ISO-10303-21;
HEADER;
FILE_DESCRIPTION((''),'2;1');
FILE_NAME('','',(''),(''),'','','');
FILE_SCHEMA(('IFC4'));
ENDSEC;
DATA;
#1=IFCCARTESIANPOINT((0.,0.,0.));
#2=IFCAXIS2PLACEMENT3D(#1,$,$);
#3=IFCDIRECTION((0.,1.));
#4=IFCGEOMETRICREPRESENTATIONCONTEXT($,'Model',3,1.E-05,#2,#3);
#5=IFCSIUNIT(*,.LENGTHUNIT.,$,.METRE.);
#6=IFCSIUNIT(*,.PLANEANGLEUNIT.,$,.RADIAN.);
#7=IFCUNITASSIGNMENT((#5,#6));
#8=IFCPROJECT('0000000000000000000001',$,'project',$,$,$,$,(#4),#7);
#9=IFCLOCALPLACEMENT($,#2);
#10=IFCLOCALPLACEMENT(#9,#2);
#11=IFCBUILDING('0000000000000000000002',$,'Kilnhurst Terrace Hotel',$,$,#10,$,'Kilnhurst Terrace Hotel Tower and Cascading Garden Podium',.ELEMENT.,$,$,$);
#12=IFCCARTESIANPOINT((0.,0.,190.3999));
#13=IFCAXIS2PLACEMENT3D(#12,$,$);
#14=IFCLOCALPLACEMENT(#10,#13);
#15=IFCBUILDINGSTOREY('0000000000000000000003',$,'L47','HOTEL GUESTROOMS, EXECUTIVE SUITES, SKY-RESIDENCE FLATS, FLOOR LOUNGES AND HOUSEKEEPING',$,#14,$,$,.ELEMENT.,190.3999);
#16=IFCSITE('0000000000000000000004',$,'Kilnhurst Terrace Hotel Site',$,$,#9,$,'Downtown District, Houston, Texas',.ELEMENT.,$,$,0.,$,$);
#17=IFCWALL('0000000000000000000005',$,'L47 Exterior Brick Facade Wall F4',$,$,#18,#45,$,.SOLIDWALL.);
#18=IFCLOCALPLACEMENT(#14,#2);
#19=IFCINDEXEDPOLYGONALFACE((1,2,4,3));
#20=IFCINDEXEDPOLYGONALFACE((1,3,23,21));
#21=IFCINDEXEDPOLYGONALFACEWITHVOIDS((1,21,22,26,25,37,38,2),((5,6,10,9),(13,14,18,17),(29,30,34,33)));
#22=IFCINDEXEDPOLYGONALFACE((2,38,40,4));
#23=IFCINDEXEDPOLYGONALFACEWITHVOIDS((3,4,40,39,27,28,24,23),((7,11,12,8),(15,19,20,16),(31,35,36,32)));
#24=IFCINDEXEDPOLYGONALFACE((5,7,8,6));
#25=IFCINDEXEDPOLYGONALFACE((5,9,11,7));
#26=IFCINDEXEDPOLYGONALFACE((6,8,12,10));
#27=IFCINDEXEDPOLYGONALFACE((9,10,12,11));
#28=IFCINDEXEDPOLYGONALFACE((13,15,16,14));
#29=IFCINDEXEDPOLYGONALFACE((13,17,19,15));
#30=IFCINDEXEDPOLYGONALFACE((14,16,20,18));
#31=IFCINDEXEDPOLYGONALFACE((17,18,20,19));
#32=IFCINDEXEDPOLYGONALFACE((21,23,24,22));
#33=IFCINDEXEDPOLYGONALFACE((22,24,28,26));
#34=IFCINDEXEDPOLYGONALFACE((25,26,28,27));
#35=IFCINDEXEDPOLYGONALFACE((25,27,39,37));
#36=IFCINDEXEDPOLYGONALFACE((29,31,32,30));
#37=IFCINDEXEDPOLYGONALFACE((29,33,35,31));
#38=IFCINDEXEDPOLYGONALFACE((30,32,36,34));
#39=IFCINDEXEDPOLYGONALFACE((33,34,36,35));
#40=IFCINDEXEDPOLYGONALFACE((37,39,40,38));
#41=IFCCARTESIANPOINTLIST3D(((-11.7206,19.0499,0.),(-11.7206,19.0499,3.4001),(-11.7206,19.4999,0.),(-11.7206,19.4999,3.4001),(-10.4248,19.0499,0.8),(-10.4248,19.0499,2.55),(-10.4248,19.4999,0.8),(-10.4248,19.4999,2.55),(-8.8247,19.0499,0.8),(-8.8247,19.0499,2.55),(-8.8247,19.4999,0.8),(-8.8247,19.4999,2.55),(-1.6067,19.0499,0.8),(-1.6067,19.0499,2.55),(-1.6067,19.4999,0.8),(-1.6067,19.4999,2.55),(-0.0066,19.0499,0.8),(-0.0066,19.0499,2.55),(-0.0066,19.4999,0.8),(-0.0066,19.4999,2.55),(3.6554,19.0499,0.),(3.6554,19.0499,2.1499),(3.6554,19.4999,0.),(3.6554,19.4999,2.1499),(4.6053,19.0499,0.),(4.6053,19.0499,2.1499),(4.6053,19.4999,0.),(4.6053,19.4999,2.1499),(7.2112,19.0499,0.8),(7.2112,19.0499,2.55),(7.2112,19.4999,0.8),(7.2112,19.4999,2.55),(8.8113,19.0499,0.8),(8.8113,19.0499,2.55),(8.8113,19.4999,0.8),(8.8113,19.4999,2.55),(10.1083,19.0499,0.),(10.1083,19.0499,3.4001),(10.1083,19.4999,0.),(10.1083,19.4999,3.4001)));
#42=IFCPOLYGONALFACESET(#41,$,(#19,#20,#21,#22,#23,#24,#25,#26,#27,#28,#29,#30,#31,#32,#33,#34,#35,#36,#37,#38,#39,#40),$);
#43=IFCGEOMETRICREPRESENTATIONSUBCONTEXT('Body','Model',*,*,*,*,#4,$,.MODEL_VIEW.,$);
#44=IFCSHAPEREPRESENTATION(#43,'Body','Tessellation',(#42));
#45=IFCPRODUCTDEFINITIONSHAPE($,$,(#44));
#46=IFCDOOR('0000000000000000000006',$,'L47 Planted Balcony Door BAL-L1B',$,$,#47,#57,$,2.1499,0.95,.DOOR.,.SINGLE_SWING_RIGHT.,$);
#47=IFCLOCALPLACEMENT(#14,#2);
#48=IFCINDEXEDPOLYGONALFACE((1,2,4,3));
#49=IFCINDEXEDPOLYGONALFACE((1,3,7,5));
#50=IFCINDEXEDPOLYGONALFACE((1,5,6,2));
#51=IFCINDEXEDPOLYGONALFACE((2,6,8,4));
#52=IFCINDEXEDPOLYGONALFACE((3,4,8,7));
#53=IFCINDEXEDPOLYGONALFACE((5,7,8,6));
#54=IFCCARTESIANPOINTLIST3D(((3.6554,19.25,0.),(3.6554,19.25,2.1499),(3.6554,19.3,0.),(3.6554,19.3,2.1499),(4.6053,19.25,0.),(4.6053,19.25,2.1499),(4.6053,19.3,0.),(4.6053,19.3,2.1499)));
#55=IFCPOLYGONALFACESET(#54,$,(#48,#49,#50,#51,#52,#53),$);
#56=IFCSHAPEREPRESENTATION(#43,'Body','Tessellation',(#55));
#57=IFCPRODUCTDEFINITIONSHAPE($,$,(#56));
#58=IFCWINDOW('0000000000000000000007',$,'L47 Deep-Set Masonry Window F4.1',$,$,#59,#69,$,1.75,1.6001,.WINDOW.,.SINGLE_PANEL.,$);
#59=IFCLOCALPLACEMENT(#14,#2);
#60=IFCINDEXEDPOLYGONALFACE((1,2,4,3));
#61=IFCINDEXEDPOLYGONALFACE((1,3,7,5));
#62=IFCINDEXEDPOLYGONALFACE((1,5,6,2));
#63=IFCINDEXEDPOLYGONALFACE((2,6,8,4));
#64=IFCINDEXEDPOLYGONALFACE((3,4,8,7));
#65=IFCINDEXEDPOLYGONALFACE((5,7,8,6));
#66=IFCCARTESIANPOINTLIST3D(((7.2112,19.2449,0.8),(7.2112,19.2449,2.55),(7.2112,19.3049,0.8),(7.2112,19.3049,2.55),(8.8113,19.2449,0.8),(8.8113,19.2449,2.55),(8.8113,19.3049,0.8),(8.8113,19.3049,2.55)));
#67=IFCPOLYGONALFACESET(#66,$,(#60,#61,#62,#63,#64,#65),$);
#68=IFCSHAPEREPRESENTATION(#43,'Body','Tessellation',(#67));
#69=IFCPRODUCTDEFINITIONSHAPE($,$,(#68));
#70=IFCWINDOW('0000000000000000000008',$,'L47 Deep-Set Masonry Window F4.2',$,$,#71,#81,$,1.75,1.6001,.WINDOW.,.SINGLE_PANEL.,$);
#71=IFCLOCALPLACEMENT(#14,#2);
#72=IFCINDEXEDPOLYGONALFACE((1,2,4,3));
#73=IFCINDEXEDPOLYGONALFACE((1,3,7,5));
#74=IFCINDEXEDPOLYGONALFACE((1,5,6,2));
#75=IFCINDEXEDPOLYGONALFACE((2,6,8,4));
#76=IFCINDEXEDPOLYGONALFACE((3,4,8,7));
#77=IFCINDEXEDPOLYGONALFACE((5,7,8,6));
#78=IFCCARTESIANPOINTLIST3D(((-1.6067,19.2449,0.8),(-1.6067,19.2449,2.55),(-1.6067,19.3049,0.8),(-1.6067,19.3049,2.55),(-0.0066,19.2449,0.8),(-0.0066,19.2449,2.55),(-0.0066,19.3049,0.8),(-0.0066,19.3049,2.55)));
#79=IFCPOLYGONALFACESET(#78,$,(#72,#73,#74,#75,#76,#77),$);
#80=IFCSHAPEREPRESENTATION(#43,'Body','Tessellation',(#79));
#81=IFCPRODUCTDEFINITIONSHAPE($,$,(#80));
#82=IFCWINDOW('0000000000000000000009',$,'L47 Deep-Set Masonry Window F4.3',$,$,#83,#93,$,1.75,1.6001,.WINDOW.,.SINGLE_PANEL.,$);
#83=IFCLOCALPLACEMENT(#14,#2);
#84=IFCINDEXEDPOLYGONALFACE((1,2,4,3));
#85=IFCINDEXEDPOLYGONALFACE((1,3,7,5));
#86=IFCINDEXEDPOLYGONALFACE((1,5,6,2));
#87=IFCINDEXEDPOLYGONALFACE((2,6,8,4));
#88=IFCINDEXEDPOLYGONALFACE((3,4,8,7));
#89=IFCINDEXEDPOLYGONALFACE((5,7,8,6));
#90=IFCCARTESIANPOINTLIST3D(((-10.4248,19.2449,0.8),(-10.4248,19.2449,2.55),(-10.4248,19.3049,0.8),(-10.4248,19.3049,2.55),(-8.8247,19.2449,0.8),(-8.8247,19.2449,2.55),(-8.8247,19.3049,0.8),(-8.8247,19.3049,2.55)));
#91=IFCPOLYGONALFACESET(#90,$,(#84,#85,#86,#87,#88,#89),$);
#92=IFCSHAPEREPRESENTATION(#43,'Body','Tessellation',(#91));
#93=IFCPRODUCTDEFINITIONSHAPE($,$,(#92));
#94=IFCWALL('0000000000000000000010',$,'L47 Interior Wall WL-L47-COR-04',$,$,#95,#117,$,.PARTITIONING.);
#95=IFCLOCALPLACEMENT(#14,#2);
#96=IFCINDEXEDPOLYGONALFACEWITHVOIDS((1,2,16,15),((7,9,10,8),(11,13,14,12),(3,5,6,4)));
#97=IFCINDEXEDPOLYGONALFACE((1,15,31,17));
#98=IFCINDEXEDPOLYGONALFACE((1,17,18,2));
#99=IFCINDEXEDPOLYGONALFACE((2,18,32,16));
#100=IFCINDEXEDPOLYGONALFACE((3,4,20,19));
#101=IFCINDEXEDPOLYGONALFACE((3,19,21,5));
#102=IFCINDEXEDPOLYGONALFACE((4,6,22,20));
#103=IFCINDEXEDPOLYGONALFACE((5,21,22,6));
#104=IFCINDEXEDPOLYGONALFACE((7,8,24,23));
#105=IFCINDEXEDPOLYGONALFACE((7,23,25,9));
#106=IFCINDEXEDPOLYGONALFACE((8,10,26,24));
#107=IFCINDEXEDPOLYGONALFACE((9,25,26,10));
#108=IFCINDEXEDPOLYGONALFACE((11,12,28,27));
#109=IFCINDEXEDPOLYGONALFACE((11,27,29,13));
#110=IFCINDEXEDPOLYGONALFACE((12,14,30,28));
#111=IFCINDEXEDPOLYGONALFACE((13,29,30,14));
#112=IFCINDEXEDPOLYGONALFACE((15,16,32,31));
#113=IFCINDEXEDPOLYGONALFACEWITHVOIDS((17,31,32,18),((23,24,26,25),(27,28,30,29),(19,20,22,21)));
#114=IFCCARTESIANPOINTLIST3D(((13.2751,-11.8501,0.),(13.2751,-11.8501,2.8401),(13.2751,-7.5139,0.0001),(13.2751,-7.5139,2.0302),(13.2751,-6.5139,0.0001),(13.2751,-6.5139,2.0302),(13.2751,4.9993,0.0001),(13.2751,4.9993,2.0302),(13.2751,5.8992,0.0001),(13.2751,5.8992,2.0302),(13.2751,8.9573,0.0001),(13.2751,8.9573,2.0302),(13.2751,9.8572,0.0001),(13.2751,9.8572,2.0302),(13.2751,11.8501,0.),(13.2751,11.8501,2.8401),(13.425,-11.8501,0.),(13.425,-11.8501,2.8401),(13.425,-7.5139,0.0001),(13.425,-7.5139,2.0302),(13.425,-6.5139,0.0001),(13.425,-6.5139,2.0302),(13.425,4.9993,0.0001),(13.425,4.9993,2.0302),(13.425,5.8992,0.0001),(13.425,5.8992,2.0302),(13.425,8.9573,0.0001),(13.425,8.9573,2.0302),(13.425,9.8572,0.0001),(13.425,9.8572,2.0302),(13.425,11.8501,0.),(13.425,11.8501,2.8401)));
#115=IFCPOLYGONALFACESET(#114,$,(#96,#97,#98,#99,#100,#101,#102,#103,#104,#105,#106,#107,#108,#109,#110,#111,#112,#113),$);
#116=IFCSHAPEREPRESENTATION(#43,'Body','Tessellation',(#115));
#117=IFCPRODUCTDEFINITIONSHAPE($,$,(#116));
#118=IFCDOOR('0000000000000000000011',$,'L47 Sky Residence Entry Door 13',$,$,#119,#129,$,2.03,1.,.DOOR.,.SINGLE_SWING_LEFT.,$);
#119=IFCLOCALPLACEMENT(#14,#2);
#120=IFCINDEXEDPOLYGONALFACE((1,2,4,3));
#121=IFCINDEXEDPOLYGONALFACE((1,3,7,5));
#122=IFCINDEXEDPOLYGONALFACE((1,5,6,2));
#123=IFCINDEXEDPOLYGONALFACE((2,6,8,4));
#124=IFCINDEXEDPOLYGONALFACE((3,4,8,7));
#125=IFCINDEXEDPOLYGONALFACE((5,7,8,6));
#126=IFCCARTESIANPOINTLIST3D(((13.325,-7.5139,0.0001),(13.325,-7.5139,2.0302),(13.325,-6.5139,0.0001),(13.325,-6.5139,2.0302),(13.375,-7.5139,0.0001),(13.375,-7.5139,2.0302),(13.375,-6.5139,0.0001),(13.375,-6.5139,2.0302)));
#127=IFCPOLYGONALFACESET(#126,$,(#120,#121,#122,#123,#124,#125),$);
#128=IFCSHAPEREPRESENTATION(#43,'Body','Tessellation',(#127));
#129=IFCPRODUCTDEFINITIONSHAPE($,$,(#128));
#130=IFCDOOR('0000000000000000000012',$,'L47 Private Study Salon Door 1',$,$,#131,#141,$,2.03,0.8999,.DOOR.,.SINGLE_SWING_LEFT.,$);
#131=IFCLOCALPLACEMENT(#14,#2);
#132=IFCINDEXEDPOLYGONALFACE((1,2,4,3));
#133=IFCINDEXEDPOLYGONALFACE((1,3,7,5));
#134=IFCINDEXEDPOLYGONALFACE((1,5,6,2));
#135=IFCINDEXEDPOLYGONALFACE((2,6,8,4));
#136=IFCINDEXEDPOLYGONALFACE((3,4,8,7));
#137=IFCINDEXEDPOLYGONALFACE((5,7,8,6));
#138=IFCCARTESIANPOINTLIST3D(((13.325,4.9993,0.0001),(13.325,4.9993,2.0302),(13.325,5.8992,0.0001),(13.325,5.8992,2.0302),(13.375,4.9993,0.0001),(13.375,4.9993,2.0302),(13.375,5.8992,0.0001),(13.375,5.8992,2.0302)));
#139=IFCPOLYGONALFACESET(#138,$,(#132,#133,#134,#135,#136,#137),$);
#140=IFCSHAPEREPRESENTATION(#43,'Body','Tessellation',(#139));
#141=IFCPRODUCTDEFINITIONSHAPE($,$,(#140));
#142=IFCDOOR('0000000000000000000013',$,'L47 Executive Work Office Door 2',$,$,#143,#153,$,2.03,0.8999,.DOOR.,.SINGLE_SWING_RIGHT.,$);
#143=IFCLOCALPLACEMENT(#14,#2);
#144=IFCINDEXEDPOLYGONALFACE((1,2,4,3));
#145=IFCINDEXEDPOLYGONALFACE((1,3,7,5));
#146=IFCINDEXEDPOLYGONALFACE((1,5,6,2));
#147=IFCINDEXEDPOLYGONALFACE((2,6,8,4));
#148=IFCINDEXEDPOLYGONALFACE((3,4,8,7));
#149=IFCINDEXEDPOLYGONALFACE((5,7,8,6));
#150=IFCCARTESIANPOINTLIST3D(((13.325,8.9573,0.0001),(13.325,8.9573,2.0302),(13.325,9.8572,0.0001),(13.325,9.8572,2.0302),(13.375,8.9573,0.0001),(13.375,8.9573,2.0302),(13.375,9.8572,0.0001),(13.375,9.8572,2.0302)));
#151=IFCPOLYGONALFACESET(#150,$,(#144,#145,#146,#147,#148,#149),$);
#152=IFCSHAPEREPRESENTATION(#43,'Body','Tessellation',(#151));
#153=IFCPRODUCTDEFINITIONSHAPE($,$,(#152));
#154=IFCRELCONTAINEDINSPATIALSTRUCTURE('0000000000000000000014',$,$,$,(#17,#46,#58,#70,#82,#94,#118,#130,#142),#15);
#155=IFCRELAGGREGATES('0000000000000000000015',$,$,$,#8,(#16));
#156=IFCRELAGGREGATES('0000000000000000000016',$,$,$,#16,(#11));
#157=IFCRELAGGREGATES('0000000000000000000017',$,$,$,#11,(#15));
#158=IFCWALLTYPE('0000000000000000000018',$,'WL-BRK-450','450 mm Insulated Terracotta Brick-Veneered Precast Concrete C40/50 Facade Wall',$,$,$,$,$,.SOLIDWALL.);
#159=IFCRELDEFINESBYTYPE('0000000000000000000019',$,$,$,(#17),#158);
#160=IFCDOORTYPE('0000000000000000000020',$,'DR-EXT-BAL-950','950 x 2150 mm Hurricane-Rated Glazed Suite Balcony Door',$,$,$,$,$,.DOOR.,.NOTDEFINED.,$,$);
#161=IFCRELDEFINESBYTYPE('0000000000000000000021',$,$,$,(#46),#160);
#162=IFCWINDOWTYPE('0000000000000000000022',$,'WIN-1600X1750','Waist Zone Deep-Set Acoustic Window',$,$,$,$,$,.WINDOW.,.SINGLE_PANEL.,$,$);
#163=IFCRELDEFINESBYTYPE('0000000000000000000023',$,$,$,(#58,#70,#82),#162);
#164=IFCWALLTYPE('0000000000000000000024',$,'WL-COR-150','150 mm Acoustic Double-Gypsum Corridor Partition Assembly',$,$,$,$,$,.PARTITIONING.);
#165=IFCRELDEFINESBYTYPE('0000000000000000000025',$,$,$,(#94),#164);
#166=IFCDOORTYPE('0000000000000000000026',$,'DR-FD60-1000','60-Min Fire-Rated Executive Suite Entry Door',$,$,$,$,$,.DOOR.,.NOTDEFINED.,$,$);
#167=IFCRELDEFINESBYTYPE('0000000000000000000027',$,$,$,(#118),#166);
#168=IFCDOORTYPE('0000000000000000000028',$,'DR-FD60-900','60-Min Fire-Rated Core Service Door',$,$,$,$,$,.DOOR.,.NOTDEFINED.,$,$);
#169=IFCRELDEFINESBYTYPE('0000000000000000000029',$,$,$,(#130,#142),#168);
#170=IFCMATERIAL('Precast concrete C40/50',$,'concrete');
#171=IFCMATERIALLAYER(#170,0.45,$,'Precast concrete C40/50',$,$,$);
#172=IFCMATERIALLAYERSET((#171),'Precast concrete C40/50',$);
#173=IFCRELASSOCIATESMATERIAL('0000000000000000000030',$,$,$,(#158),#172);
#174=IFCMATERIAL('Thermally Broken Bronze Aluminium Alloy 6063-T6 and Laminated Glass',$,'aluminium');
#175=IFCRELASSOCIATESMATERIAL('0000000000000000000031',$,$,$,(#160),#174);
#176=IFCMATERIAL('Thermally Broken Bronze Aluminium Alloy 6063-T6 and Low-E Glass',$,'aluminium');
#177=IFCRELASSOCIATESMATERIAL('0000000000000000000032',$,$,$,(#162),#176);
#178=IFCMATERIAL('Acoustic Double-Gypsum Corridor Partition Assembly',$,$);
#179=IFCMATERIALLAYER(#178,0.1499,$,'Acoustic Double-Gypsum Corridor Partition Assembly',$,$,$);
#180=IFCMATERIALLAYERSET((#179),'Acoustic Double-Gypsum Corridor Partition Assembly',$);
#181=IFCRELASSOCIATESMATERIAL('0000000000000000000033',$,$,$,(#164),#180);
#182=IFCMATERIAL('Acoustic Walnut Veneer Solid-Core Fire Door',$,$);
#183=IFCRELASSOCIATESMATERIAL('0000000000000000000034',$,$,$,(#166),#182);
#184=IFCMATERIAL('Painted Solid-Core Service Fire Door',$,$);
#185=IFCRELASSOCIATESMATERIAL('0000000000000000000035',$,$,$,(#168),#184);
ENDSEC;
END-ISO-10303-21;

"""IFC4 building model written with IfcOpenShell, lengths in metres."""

from ifc_helpers import new_model, si_unit, direction, frame, frame_2d, origin, place, context, subcontext, project, spatial, rectangle, extrude, material, layer, layer_set, type_object, element, fill, save


model = new_model("IFC4")

# Units and contexts
model_context = context("Model", 3, precision=1e-05, world=origin(), true_north=direction((0.0, 1.0)))
body_context = subcontext(model_context, "Body", "Model", "MODEL_VIEW")
ifc_project = project(units=[si_unit("LENGTHUNIT", "METRE"), si_unit("PLANEANGLEUNIT", "RADIAN")], contexts=[model_context])

# Site, building, storey
site_placement = place(None, origin())
site = spatial("IfcSite", under=ifc_project, at=site_placement, Name="Kilnhurst Terrace Hotel Site", LongName="Downtown District, Houston, Texas", CompositionType="ELEMENT", RefElevation=0.0)
building_placement = place(site_placement, origin())
building = spatial("IfcBuilding", under=site, at=building_placement, Name="Kilnhurst Terrace Hotel", LongName="Kilnhurst Terrace Hotel Tower and Cascading Garden Podium", CompositionType="ELEMENT")
storey_placement = place(building_placement, frame((0.0, 0.0, 190.3999)))
storey = spatial("IfcBuildingStorey", under=building, at=storey_placement, Name="L47", Description="HOTEL GUESTROOMS, EXECUTIVE SUITES, SKY-RESIDENCE FLATS, FLOOR LOUNGES AND HOUSEKEEPING", CompositionType="ELEMENT", Elevation=190.3999)

# Shared definitions
ifc_material_1 = material(Name="Precast concrete C40/50", Category="concrete")
ifc_layer_1 = layer(ifc_material_1, 0.45, Name="Precast concrete C40/50")
ifc_layer_set_1 = layer_set([ifc_layer_1], Name="Precast concrete C40/50")
wall_type_1 = type_object("IfcWallType", Name="WL-BRK-450", Description="450 mm Insulated Terracotta Brick-Veneered Precast Concrete C40/50 Facade Wall", PredefinedType="SOLIDWALL", material=ifc_layer_set_1)

# Wall, openings, door, windows
wall_1_placement = place(storey_placement, frame((10.1084, 19.2749, 0.0), z_axis=(0.0, 0.0, 1.0), x_axis=(-1.0, 0.0, 0.0)))
wall_1 = element("IfcWall", 1, at=wall_1_placement, inside=storey, type_object=wall_type_1, Name="L47 Exterior Brick Facade Wall F4", PredefinedType="SOLIDWALL", context=body_context, shape_type="SweptSolid", body=[
    extrude(rectangle(XDim=21.8289, YDim=0.45, at=frame_2d((10.9146, 0.0))), origin(), (0.0, 0.0, 1.0), 3.4001),
])
opening_1_placement = place(wall_1_placement, frame((5.5029, 0.0, 0.0)))
opening_1 = element("IfcOpeningElement", 2, at=opening_1_placement, cuts=wall_1, PredefinedType="OPENING", context=body_context, shape_type="SweptSolid", body=[
    extrude(rectangle(XDim=0.95, YDim=2.1499, at=frame_2d((0.4751, 1.075))), frame((0.0, 0.2349, 0.0), z_axis=(0.0, -1.0, 0.0), x_axis=(1.0, 0.0, 0.0)), (0.0, 0.0, 1.0), 0.47),
])
opening_2_placement = place(wall_1_placement, frame((1.2971, 0.0, 0.8)))
opening_2 = element("IfcOpeningElement", 3, at=opening_2_placement, cuts=wall_1, PredefinedType="OPENING", context=body_context, shape_type="SweptSolid", body=[
    extrude(rectangle(XDim=1.6001, YDim=1.75, at=frame_2d((0.8, 0.875))), frame((0.0, 0.2349, 0.0), z_axis=(0.0, -1.0, 0.0), x_axis=(1.0, 0.0, 0.0)), (0.0, 0.0, 1.0), 0.47),
])
opening_3_placement = place(wall_1_placement, frame((10.115, 0.0, 0.8)))
opening_3 = element("IfcOpeningElement", 4, at=opening_3_placement, cuts=wall_1, PredefinedType="OPENING", context=body_context, shape_type="SweptSolid", body=[
    extrude(rectangle(XDim=1.6001, YDim=1.75, at=frame_2d((0.8, 0.875))), frame((0.0, 0.2349, 0.0), z_axis=(0.0, -1.0, 0.0), x_axis=(1.0, 0.0, 0.0)), (0.0, 0.0, 1.0), 0.47),
])
opening_4_placement = place(wall_1_placement, frame((18.9331, 0.0, 0.8)))
opening_4 = element("IfcOpeningElement", 5, at=opening_4_placement, cuts=wall_1, PredefinedType="OPENING", context=body_context, shape_type="SweptSolid", body=[
    extrude(rectangle(XDim=1.6001, YDim=1.75, at=frame_2d((0.8, 0.875))), frame((0.0, 0.2349, 0.0), z_axis=(0.0, -1.0, 0.0), x_axis=(1.0, 0.0, 0.0)), (0.0, 0.0, 1.0), 0.47),
])
ifc_material_2 = material(Name="Thermally Broken Bronze Aluminium Alloy 6063-T6 and Laminated Glass", Category="aluminium")
door_type_1 = type_object("IfcDoorType", Name="DR-EXT-BAL-950", Description="950 x 2150 mm Hurricane-Rated Glazed Suite Balcony Door", OperationType="NOTDEFINED", PredefinedType="DOOR", material=ifc_material_2)
door_1_placement = place(opening_1_placement, origin())
door_1 = element("IfcDoor", 6, at=door_1_placement, inside=storey, type_object=door_type_1, Name="L47 Planted Balcony Door BAL-L1B", OperationType="SINGLE_SWING_RIGHT", OverallHeight=2.1499, OverallWidth=0.95, PredefinedType="DOOR", context=body_context, shape_type="SweptSolid", body=[
    extrude(rectangle(XDim=0.95, YDim=2.1499, at=frame_2d((0.4751, 1.075))), frame((0.0, 0.0249, 0.0), z_axis=(0.0, -1.0, 0.0), x_axis=(1.0, 0.0, 0.0)), (0.0, 0.0, 1.0), 0.05),
])
fill(opening_1, door_1)
ifc_material_3 = material(Name="Thermally Broken Bronze Aluminium Alloy 6063-T6 and Low-E Glass", Category="aluminium")
window_type = type_object("IfcWindowType", Name="WIN-1600X1750", Description="Waist Zone Deep-Set Acoustic Window", PartitioningType="SINGLE_PANEL", PredefinedType="WINDOW", material=ifc_material_3)
window_1_placement = place(opening_2_placement, origin())
window_1 = element("IfcWindow", 7, at=window_1_placement, inside=storey, type_object=window_type, Name="L47 Deep-Set Masonry Window F4.1", OverallHeight=1.75, OverallWidth=1.6001, PartitioningType="SINGLE_PANEL", PredefinedType="WINDOW", context=body_context, shape_type="SweptSolid", body=[
    extrude(rectangle(XDim=1.6001, YDim=1.75, at=frame_2d((0.8, 0.875))), frame((0.0, 0.03, 0.0), z_axis=(0.0, -1.0, 0.0), x_axis=(1.0, 0.0, 0.0)), (0.0, 0.0, 1.0), 0.0601),
])
fill(opening_2, window_1)
window_2_placement = place(opening_3_placement, origin())
window_2 = element("IfcWindow", 8, at=window_2_placement, inside=storey, type_object=window_type, Name="L47 Deep-Set Masonry Window F4.2", OverallHeight=1.75, OverallWidth=1.6001, PartitioningType="SINGLE_PANEL", PredefinedType="WINDOW", context=body_context, shape_type="SweptSolid", body=[
    extrude(rectangle(XDim=1.6001, YDim=1.75, at=frame_2d((0.8, 0.875))), frame((0.0, 0.03, 0.0), z_axis=(0.0, -1.0, 0.0), x_axis=(1.0, 0.0, 0.0)), (0.0, 0.0, 1.0), 0.0601),
])
fill(opening_3, window_2)
window_3_placement = place(opening_4_placement, origin())
window_3 = element("IfcWindow", 9, at=window_3_placement, inside=storey, type_object=window_type, Name="L47 Deep-Set Masonry Window F4.3", OverallHeight=1.75, OverallWidth=1.6001, PartitioningType="SINGLE_PANEL", PredefinedType="WINDOW", context=body_context, shape_type="SweptSolid", body=[
    extrude(rectangle(XDim=1.6001, YDim=1.75, at=frame_2d((0.8, 0.875))), frame((0.0, 0.03, 0.0), z_axis=(0.0, -1.0, 0.0), x_axis=(1.0, 0.0, 0.0)), (0.0, 0.0, 1.0), 0.0601),
])
fill(opening_4, window_3)

# Wall, openings, doors
ifc_material_4 = material(Name="Acoustic Double-Gypsum Corridor Partition Assembly")
ifc_layer_2 = layer(ifc_material_4, 0.1499, Name="Acoustic Double-Gypsum Corridor Partition Assembly")
ifc_layer_set_2 = layer_set([ifc_layer_2], Name="Acoustic Double-Gypsum Corridor Partition Assembly")
wall_type_2 = type_object("IfcWallType", Name="WL-COR-150", Description="150 mm Acoustic Double-Gypsum Corridor Partition Assembly", PredefinedType="PARTITIONING", material=ifc_layer_set_2)
wall_2_placement = place(storey_placement, frame((13.3501, 11.8501, 0.0), z_axis=(0.0, 0.0, 1.0), x_axis=(0.0, -1.0, 0.0)))
wall_2 = element("IfcWall", 10, at=wall_2_placement, inside=storey, type_object=wall_type_2, Name="L47 Interior Wall WL-L47-COR-04", PredefinedType="PARTITIONING", context=body_context, shape_type="SweptSolid", body=[
    extrude(rectangle(XDim=23.7002, YDim=0.1499, at=frame_2d((11.8501, 0.0))), origin(), (0.0, 0.0, 1.0), 2.8401),
])
opening_5_placement = place(wall_2_placement, frame((5.9509, 0.0, 0.0)))
opening_5 = element("IfcOpeningElement", 11, at=opening_5_placement, cuts=wall_2, PredefinedType="OPENING", context=body_context, shape_type="SweptSolid", body=[
    extrude(rectangle(XDim=0.8999, YDim=2.03, at=frame_2d((0.45, 1.0151))), frame((0.0, 0.085, 0.0), z_axis=(0.0, -1.0, 0.0), x_axis=(1.0, 0.0, 0.0)), (0.0, 0.0, 1.0), 0.1699),
])
opening_6_placement = place(wall_2_placement, frame((1.9929, 0.0, 0.0)))
opening_6 = element("IfcOpeningElement", 12, at=opening_6_placement, cuts=wall_2, PredefinedType="OPENING", context=body_context, shape_type="SweptSolid", body=[
    extrude(rectangle(XDim=0.8999, YDim=2.03, at=frame_2d((0.45, 1.0151))), frame((0.0, 0.085, 0.0), z_axis=(0.0, -1.0, 0.0), x_axis=(1.0, 0.0, 0.0)), (0.0, 0.0, 1.0), 0.1699),
])
opening_7_placement = place(wall_2_placement, frame((18.364, 0.0, 0.0)))
opening_7 = element("IfcOpeningElement", 13, at=opening_7_placement, cuts=wall_2, PredefinedType="OPENING", context=body_context, shape_type="SweptSolid", body=[
    extrude(rectangle(XDim=1.0, YDim=2.03, at=frame_2d((0.5, 1.0151))), frame((0.0, 0.085, 0.0), z_axis=(0.0, -1.0, 0.0), x_axis=(1.0, 0.0, 0.0)), (0.0, 0.0, 1.0), 0.1699),
])
ifc_material_5 = material(Name="Acoustic Walnut Veneer Solid-Core Fire Door")
door_type_2 = type_object("IfcDoorType", Name="DR-FD60-1000", Description="60-Min Fire-Rated Executive Suite Entry Door", OperationType="NOTDEFINED", PredefinedType="DOOR", material=ifc_material_5)
door_2_placement = place(opening_7_placement, origin())
door_2 = element("IfcDoor", 14, at=door_2_placement, inside=storey, type_object=door_type_2, Name="L47 Sky Residence Entry Door 13", OperationType="SINGLE_SWING_LEFT", OverallHeight=2.03, OverallWidth=1.0, PredefinedType="DOOR", context=body_context, shape_type="SweptSolid", body=[
    extrude(rectangle(XDim=1.0, YDim=2.03, at=frame_2d((0.5, 1.0151))), frame((0.0, 0.0249, 0.0), z_axis=(0.0, -1.0, 0.0), x_axis=(1.0, 0.0, 0.0)), (0.0, 0.0, 1.0), 0.05),
])
fill(opening_7, door_2)
ifc_material_6 = material(Name="Painted Solid-Core Service Fire Door")
door_type_3 = type_object("IfcDoorType", Name="DR-FD60-900", Description="60-Min Fire-Rated Core Service Door", OperationType="NOTDEFINED", PredefinedType="DOOR", material=ifc_material_6)
door_3_placement = place(opening_5_placement, origin())
door_3 = element("IfcDoor", 15, at=door_3_placement, inside=storey, type_object=door_type_3, Name="L47 Private Study Salon Door 1", OperationType="SINGLE_SWING_LEFT", OverallHeight=2.03, OverallWidth=0.8999, PredefinedType="DOOR", context=body_context, shape_type="SweptSolid", body=[
    extrude(rectangle(XDim=0.8999, YDim=2.03, at=frame_2d((0.45, 1.0151))), frame((0.0, 0.0249, 0.0), z_axis=(0.0, -1.0, 0.0), x_axis=(1.0, 0.0, 0.0)), (0.0, 0.0, 1.0), 0.05),
])
fill(opening_5, door_3)
door_4_placement = place(opening_6_placement, origin())
door_4 = element("IfcDoor", 16, at=door_4_placement, inside=storey, type_object=door_type_3, Name="L47 Executive Work Office Door 2", OperationType="SINGLE_SWING_RIGHT", OverallHeight=2.03, OverallWidth=0.8999, PredefinedType="DOOR", context=body_context, shape_type="SweptSolid", body=[
    extrude(rectangle(XDim=0.8999, YDim=2.03, at=frame_2d((0.45, 1.0151))), frame((0.0, 0.0249, 0.0), z_axis=(0.0, -1.0, 0.0), x_axis=(1.0, 0.0, 0.0)), (0.0, 0.0, 1.0), 0.05),
])
fill(opening_6, door_4)

save(model, "model.ifc")
